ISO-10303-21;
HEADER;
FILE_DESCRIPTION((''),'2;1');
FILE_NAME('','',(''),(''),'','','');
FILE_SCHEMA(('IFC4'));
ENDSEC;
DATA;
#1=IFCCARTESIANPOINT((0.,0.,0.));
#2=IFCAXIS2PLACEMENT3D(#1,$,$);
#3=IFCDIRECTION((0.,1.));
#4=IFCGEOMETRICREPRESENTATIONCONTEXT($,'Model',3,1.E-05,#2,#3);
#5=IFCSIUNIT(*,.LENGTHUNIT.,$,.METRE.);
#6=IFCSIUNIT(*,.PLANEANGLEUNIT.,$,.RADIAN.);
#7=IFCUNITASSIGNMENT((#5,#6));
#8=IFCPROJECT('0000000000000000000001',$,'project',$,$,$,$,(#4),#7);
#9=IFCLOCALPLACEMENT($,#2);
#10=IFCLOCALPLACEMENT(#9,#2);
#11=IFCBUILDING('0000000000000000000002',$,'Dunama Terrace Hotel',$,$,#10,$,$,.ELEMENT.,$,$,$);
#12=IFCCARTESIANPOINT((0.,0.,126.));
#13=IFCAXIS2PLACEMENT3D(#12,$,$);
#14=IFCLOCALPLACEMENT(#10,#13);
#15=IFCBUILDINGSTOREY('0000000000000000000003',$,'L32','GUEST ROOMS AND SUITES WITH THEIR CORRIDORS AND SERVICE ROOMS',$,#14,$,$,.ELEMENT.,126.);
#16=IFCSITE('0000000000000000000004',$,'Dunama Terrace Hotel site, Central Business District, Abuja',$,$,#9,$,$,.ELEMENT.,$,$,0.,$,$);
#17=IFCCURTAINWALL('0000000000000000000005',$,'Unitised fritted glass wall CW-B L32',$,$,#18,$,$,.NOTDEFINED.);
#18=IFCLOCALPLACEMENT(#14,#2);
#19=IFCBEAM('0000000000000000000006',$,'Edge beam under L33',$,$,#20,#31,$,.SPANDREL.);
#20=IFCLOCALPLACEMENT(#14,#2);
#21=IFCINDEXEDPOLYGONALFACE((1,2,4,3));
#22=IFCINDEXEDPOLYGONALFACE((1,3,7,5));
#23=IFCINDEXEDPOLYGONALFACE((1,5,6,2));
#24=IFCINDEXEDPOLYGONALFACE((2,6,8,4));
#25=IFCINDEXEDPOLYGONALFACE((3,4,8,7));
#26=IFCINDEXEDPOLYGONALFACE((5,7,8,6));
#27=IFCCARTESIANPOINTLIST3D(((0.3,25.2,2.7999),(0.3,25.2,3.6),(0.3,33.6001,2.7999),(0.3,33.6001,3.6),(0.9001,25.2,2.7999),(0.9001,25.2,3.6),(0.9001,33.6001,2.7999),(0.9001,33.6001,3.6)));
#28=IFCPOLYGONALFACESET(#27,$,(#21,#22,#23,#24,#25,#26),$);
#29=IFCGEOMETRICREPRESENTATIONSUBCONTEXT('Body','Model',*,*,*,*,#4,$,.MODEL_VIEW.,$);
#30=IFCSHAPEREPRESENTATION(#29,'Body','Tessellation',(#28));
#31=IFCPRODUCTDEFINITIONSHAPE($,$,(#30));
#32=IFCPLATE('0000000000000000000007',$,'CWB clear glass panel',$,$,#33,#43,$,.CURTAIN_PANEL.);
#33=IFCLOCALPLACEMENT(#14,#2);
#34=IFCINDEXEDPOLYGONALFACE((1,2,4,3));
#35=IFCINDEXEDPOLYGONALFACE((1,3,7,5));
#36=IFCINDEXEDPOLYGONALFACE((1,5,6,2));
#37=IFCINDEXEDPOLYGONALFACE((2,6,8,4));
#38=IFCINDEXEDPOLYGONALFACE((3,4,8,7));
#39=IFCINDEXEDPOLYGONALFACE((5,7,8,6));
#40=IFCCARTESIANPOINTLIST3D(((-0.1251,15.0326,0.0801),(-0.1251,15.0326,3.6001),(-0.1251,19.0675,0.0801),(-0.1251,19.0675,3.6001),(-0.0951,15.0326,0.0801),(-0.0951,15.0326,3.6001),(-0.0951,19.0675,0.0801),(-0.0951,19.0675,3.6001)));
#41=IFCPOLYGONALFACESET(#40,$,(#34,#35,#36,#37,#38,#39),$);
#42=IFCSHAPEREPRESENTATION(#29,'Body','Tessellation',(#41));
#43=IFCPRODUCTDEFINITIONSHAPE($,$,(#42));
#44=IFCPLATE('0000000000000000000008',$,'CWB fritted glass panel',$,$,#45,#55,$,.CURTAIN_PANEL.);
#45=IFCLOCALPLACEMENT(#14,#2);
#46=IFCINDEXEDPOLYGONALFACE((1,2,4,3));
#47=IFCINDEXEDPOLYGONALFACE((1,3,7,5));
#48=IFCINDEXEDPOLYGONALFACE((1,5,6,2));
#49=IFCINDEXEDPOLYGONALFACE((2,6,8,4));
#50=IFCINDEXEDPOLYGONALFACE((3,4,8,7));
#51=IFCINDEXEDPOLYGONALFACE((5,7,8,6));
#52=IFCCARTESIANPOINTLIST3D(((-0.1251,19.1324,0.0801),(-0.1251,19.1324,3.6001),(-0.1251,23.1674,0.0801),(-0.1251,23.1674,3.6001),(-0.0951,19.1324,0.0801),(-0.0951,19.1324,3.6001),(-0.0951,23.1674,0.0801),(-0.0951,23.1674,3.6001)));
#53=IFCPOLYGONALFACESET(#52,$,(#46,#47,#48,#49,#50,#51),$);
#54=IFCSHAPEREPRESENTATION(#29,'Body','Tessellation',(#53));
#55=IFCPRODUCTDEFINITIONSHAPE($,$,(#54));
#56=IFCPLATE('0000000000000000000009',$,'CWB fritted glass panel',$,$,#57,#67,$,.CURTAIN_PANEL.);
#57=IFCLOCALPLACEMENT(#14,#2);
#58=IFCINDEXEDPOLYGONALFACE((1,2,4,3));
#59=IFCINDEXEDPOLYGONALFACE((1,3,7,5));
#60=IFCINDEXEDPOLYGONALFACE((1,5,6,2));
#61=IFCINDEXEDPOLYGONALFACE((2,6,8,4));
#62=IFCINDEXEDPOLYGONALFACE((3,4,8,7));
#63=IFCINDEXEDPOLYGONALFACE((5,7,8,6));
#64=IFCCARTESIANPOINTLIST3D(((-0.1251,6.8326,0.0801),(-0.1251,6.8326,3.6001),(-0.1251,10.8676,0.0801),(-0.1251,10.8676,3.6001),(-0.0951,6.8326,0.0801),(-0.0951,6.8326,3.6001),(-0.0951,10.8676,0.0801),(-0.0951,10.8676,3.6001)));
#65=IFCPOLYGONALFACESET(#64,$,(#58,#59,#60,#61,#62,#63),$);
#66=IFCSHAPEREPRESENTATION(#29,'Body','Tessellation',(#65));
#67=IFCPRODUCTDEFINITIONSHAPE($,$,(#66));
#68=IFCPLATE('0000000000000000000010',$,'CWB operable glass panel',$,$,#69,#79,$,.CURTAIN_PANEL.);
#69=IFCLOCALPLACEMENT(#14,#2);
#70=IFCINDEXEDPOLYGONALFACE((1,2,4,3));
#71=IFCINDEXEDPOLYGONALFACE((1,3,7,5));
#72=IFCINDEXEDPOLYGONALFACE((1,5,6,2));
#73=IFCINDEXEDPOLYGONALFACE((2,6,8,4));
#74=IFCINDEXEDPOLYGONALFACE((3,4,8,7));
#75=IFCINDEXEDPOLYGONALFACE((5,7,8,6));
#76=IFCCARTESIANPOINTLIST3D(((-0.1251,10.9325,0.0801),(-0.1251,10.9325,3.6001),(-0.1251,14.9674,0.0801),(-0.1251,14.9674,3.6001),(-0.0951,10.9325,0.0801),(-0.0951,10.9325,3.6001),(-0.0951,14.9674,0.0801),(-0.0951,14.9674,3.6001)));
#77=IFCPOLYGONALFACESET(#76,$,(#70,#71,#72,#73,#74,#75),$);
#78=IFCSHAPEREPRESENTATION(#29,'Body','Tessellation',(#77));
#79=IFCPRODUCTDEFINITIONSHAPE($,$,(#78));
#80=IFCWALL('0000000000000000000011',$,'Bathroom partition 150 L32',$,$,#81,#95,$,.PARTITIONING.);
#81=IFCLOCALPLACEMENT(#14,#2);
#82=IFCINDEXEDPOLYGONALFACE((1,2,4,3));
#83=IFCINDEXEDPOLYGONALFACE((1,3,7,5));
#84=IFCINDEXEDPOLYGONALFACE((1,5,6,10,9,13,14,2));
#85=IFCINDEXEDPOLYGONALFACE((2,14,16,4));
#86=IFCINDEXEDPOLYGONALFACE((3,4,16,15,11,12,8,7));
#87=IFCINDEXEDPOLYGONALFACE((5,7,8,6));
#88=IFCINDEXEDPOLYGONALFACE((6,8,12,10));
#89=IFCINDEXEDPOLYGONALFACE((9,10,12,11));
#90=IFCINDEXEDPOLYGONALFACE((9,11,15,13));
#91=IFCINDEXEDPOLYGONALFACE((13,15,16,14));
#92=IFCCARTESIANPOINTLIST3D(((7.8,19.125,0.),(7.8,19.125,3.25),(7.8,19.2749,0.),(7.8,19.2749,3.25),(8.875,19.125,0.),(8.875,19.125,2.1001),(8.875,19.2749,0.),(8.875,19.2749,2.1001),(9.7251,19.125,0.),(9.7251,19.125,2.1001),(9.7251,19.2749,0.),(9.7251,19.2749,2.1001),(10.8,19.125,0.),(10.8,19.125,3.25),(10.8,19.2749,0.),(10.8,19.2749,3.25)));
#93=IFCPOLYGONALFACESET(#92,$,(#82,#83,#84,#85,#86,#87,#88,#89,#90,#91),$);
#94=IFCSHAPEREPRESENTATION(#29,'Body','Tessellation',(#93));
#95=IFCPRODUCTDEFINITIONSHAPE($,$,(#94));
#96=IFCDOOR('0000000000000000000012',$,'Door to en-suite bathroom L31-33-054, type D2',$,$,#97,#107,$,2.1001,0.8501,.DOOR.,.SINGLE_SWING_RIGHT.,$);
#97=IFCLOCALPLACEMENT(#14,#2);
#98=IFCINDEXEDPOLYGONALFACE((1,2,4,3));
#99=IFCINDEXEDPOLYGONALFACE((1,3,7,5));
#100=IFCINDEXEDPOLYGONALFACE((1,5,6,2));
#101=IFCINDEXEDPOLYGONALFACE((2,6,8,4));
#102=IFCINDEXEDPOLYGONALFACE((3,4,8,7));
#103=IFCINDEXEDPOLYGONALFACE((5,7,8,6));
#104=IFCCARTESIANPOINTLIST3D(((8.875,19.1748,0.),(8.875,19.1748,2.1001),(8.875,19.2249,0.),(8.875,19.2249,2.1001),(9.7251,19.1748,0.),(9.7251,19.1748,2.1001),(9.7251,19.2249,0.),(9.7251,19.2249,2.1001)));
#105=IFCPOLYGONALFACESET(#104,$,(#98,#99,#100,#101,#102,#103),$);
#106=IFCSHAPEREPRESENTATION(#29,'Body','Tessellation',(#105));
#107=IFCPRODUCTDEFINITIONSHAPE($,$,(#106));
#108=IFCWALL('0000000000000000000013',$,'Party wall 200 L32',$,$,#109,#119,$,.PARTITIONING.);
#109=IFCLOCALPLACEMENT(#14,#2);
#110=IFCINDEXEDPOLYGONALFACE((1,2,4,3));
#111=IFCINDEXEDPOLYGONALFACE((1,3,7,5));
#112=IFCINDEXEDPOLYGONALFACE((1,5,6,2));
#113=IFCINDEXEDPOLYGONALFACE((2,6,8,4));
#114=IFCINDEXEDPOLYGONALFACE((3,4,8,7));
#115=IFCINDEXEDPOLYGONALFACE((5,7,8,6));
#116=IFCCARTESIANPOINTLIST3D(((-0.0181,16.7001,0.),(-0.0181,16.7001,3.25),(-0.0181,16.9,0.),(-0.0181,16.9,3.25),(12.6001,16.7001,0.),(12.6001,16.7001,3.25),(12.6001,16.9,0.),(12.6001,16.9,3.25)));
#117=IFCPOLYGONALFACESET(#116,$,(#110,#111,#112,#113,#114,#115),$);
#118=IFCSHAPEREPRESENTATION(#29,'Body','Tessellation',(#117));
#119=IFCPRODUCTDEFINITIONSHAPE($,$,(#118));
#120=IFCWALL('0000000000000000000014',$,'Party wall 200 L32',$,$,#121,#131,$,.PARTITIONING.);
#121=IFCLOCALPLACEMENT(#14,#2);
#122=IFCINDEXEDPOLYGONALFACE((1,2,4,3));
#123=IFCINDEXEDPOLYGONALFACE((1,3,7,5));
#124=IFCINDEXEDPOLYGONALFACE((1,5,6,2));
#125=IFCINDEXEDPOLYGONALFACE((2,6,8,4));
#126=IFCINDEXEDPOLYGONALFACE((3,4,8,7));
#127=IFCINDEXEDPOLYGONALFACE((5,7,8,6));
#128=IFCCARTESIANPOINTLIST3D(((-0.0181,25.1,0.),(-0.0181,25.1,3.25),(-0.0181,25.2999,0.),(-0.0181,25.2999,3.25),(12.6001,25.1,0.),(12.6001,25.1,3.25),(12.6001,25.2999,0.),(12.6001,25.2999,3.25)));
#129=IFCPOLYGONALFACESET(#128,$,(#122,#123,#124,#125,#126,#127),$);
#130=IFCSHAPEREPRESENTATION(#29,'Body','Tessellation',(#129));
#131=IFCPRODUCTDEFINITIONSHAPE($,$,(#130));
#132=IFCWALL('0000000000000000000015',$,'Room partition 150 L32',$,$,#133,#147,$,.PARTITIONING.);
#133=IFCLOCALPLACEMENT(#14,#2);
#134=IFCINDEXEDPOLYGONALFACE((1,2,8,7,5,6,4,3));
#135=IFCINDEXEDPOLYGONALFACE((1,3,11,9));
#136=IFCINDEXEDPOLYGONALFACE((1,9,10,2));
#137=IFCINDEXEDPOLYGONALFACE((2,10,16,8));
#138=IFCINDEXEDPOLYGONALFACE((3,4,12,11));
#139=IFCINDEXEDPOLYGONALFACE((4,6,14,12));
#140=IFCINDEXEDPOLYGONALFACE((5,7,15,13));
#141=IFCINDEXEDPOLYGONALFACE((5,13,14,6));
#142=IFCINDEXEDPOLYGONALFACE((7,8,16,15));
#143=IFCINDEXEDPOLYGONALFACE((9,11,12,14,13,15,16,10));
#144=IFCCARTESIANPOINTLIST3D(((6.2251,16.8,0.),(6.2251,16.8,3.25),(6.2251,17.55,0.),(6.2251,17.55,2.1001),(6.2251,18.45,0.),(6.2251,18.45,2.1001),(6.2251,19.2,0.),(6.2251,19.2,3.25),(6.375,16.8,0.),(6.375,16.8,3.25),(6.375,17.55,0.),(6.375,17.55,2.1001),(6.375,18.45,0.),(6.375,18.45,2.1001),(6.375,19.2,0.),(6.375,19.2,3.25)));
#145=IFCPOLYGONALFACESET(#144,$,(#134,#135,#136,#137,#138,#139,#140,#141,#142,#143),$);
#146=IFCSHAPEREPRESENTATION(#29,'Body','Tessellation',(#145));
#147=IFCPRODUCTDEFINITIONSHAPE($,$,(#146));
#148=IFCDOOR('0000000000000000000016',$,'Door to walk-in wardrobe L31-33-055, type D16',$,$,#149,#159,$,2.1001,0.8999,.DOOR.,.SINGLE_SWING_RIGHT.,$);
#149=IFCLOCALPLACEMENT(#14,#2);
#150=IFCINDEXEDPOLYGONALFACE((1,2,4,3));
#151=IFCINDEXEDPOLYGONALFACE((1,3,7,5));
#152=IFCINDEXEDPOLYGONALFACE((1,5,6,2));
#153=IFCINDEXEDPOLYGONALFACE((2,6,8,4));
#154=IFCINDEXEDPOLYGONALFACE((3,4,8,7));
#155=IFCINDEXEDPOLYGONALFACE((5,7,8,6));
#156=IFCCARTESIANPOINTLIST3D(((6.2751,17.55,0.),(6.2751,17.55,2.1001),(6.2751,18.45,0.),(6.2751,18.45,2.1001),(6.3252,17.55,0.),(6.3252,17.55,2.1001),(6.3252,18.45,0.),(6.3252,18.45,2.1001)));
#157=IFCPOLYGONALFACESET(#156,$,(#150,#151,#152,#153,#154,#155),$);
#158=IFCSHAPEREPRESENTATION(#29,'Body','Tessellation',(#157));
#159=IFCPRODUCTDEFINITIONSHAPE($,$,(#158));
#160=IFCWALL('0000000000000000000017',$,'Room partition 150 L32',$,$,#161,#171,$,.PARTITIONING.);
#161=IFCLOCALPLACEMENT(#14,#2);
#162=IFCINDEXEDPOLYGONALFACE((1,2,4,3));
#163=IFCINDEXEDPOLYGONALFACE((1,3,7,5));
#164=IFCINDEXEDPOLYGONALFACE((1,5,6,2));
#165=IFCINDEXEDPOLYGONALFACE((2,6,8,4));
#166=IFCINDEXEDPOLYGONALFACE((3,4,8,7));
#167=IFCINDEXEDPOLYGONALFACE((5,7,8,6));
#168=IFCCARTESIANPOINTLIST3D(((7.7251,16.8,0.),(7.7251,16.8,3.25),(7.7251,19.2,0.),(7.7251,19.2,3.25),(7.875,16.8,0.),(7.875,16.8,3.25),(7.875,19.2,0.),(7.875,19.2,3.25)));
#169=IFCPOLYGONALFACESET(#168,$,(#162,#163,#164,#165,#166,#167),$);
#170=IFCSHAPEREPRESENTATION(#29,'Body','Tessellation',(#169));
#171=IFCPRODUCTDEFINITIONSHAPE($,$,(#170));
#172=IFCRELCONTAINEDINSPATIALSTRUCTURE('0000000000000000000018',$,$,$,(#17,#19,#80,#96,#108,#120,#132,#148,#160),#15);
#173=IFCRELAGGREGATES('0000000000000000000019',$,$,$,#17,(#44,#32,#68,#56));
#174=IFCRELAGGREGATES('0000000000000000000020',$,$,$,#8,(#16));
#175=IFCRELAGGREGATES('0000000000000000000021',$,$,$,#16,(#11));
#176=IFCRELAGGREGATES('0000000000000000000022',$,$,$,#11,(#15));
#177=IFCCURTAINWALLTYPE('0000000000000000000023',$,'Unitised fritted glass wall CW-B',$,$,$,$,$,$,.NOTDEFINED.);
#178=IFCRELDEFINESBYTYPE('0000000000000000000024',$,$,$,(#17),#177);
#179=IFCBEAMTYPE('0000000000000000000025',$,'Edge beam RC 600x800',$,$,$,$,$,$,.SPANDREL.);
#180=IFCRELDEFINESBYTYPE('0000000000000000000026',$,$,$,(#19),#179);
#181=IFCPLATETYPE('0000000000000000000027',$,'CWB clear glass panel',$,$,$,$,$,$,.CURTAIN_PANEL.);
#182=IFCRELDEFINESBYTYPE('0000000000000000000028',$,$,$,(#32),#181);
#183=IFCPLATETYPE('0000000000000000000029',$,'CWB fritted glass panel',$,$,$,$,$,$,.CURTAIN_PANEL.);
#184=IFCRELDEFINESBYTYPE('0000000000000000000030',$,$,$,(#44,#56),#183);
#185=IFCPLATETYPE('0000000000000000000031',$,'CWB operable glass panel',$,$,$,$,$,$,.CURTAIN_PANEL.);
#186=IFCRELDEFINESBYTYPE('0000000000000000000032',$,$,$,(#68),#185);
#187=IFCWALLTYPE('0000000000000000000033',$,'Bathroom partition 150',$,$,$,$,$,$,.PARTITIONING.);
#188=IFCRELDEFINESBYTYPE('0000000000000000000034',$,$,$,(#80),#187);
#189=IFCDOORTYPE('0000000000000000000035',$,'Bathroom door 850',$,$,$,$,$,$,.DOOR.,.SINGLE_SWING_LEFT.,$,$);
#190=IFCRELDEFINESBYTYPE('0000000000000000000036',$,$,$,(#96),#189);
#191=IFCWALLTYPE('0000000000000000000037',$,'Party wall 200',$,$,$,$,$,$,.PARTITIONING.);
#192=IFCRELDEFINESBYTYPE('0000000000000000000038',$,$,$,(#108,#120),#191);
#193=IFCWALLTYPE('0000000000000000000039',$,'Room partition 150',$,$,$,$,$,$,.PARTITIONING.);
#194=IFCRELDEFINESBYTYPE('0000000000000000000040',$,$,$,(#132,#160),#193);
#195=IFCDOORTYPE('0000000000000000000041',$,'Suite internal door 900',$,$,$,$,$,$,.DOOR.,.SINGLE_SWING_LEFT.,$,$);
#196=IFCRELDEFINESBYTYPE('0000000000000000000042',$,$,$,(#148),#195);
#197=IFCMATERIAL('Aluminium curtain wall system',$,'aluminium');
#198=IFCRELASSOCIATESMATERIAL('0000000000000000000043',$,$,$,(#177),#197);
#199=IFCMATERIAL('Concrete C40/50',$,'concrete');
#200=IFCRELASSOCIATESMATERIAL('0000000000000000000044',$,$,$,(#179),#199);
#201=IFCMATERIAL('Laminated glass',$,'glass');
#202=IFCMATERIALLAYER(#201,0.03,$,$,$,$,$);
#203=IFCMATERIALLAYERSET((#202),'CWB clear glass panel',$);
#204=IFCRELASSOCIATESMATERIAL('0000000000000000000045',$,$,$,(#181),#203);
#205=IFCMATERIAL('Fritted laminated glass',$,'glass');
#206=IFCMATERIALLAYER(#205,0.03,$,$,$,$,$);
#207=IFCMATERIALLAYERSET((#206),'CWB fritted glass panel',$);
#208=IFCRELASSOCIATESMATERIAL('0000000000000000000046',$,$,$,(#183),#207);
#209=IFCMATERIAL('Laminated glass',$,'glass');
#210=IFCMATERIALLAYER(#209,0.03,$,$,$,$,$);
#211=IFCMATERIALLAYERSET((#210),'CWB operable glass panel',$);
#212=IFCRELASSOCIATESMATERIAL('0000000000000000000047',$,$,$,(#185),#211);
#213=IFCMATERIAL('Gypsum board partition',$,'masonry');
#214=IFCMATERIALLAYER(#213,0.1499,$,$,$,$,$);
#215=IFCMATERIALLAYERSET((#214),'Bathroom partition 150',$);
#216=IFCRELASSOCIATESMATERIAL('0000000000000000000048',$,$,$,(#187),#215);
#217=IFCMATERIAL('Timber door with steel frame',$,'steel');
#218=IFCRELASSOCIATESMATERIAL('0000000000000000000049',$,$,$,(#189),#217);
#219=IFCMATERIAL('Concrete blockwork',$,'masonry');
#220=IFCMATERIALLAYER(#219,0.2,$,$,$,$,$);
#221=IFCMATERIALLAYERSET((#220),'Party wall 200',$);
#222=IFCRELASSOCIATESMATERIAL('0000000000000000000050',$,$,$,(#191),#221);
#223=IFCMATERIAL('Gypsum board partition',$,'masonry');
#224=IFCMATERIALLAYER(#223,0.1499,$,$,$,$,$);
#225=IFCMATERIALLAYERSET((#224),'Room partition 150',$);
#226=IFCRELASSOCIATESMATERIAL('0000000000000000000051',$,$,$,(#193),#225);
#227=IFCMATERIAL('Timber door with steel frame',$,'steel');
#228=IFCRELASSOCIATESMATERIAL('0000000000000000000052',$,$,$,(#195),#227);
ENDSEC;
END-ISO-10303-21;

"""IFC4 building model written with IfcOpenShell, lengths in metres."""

from ifc_helpers import new_model, si_unit, direction, frame, frame_2d, origin, origin_2d, place, context, subcontext, project, spatial, rectangle, extrude, material, layer, layer_set, material_profile, profile_set, type_object, element, fill, aggregate, save


model = new_model("IFC4")

# Units and contexts
model_context = context("Model", 3, precision=1e-05, world=origin(), true_north=direction((0.0, 1.0)))
body_context = subcontext(model_context, "Body", "Model", "MODEL_VIEW")
ifc_project = project(units=[si_unit("LENGTHUNIT", "METRE"), si_unit("PLANEANGLEUNIT", "RADIAN")], contexts=[model_context])

# Site, building, storey
site_placement = place(None, origin())
site = spatial("IfcSite", under=ifc_project, at=site_placement, Name="Dunama Terrace Hotel site, Central Business District, Abuja", CompositionType="ELEMENT", RefElevation=0.0)
building_placement = place(site_placement, origin())
building = spatial("IfcBuilding", under=site, at=building_placement, Name="Dunama Terrace Hotel", CompositionType="ELEMENT")
storey_placement = place(building_placement, frame((0.0, 0.0, 126.0)))
storey = spatial("IfcBuildingStorey", under=building, at=storey_placement, Name="L32", Description="GUEST ROOMS AND SUITES WITH THEIR CORRIDORS AND SERVICE ROOMS", CompositionType="ELEMENT", Elevation=126.0)

# Curtain wall
ifc_material_1 = material(Name="Aluminium curtain wall system", Category="aluminium")
curtain_wall_type = type_object("IfcCurtainWallType", Name="Unitised fritted glass wall CW-B", PredefinedType="NOTDEFINED", material=ifc_material_1)
curtain_wall_placement = place(storey_placement, origin())
curtain_wall = element("IfcCurtainWall", 1, at=curtain_wall_placement, inside=storey, type_object=curtain_wall_type, Name="Unitised fritted glass wall CW-B L32", PredefinedType="NOTDEFINED")

# Beam
ifc_material_2 = material(Name="Concrete C40/50", Category="concrete")
ifc_material_profile_1 = material_profile(ifc_material_2, rectangle(XDim=0.6001, YDim=0.8, at=origin_2d()), Name="RC 600x800")
ifc_profile_set_1 = profile_set([ifc_material_profile_1], Name="Concrete C40/50")
beam_type = type_object("IfcBeamType", Name="Edge beam RC 600x800", PredefinedType="SPANDREL", material=ifc_profile_set_1)
beam_1_placement = place(storey_placement, frame((0.6001, 25.2, 3.2), z_axis=(0.0, 1.0, 0.0), x_axis=(-1.0, 0.0, 0.0)))
element("IfcBeam", 2, at=beam_1_placement, inside=storey, type_object=beam_type, Name="Edge beam under L33", PredefinedType="SPANDREL", context=body_context, shape_type="SweptSolid", body=[
    extrude(rectangle(XDim=0.6001, YDim=0.8, at=origin_2d()), origin(), (0.0, 0.0, 1.0), 8.4001),
])

# Plates
ifc_material_3 = material(Name="Laminated glass", Category="glass")
ifc_layer_1 = layer(ifc_material_3, 0.03)
ifc_layer_set_1 = layer_set([ifc_layer_1], Name="CWB clear glass panel")
plate_type_1 = type_object("IfcPlateType", Name="CWB clear glass panel", PredefinedType="CURTAIN_PANEL", material=ifc_layer_set_1)
plate_1_placement = place(storey_placement, frame((-0.1101, 17.05, 0.0801), z_axis=(0.0, 0.0, 1.0), x_axis=(0.0, -1.0, 0.0)))
plate_1 = element("IfcPlate", 3, at=plate_1_placement, type_object=plate_type_1, Name="CWB clear glass panel", PredefinedType="CURTAIN_PANEL", context=body_context, shape_type="SweptSolid", body=[
    extrude(rectangle(XDim=4.0349, YDim=0.03, at=origin_2d()), origin(), (0.0, 0.0, 1.0), 3.52),
])
ifc_material_4 = material(Name="Fritted laminated glass", Category="glass")
ifc_layer_2 = layer(ifc_material_4, 0.03)
ifc_layer_set_2 = layer_set([ifc_layer_2], Name="CWB fritted glass panel")
plate_type_2 = type_object("IfcPlateType", Name="CWB fritted glass panel", PredefinedType="CURTAIN_PANEL", material=ifc_layer_set_2)
plate_2_placement = place(storey_placement, frame((-0.1101, 21.1499, 0.0801), z_axis=(0.0, 0.0, 1.0), x_axis=(0.0, -1.0, 0.0)))
plate_2 = element("IfcPlate", 4, at=plate_2_placement, type_object=plate_type_2, Name="CWB fritted glass panel", PredefinedType="CURTAIN_PANEL", context=body_context, shape_type="SweptSolid", body=[
    extrude(rectangle(XDim=4.0349, YDim=0.03, at=origin_2d()), origin(), (0.0, 0.0, 1.0), 3.52),
])
plate_3_placement = place(storey_placement, frame((-0.1101, 8.8501, 0.0801), z_axis=(0.0, 0.0, 1.0), x_axis=(0.0, -1.0, 0.0)))
plate_3 = element("IfcPlate", 5, at=plate_3_placement, type_object=plate_type_2, Name="CWB fritted glass panel", PredefinedType="CURTAIN_PANEL", context=body_context, shape_type="SweptSolid", body=[
    extrude(rectangle(XDim=4.0349, YDim=0.03, at=origin_2d()), origin(), (0.0, 0.0, 1.0), 3.52),
])
ifc_material_5 = material(Name="Laminated glass", Category="glass")
ifc_layer_3 = layer(ifc_material_5, 0.03)
ifc_layer_set_3 = layer_set([ifc_layer_3], Name="CWB operable glass panel")
plate_type_3 = type_object("IfcPlateType", Name="CWB operable glass panel", PredefinedType="CURTAIN_PANEL", material=ifc_layer_set_3)
plate_4_placement = place(storey_placement, frame((-0.1101, 12.95, 0.0801), z_axis=(0.0, 0.0, 1.0), x_axis=(0.0, -1.0, 0.0)))
plate_4 = element("IfcPlate", 6, at=plate_4_placement, type_object=plate_type_3, Name="CWB operable glass panel", PredefinedType="CURTAIN_PANEL", context=body_context, shape_type="SweptSolid", body=[
    extrude(rectangle(XDim=4.0349, YDim=0.03, at=origin_2d()), origin(), (0.0, 0.0, 1.0), 3.52),
])
aggregate(curtain_wall, [plate_2, plate_1, plate_4, plate_3])

# Wall, opening, door
ifc_material_6 = material(Name="Gypsum board partition", Category="masonry")
ifc_layer_4 = layer(ifc_material_6, 0.1499)
ifc_layer_set_4 = layer_set([ifc_layer_4], Name="Bathroom partition 150")
wall_type_1 = type_object("IfcWallType", Name="Bathroom partition 150", PredefinedType="PARTITIONING", material=ifc_layer_set_4)
wall_1_placement = place(storey_placement, frame((7.8, 19.2, 0.0), z_axis=(0.0, 0.0, 1.0), x_axis=(1.0, 0.0, 0.0)))
wall_1 = element("IfcWall", 7, at=wall_1_placement, inside=storey, type_object=wall_type_1, Name="Bathroom partition 150 L32", PredefinedType="PARTITIONING", context=body_context, shape_type="SweptSolid", body=[
    extrude(rectangle(XDim=3.0, YDim=0.1499, at=frame_2d((1.5, 0.0))), origin(), (0.0, 0.0, 1.0), 3.25),
])
opening_1_placement = place(wall_1_placement, frame((1.075, 0.0, 0.0)))
opening_1 = element("IfcOpeningElement", 8, at=opening_1_placement, cuts=wall_1, PredefinedType="OPENING", context=body_context, shape_type="SweptSolid", body=[
    extrude(rectangle(XDim=0.8501, YDim=2.1001, at=frame_2d((0.425, 1.05))), frame((0.0, 0.085, 0.0), z_axis=(0.0, -1.0, 0.0), x_axis=(1.0, 0.0, 0.0)), (0.0, 0.0, 1.0), 0.1699),
])
ifc_material_7 = material(Name="Timber door with steel frame", Category="steel")
door_type_1 = type_object("IfcDoorType", Name="Bathroom door 850", OperationType="SINGLE_SWING_LEFT", PredefinedType="DOOR", material=ifc_material_7)
door_1_placement = place(opening_1_placement, frame((0.8501, 0.0, 0.0), z_axis=(0.0, 0.0, 1.0), x_axis=(-1.0, 0.0, 0.0)))
door_1 = element("IfcDoor", 9, at=door_1_placement, inside=storey, type_object=door_type_1, Name="Door to en-suite bathroom L31-33-054, type D2", OperationType="SINGLE_SWING_RIGHT", OverallHeight=2.1001, OverallWidth=0.8501, PredefinedType="DOOR", context=body_context, shape_type="SweptSolid", body=[
    extrude(rectangle(XDim=0.8501, YDim=2.1001, at=frame_2d((0.425, 1.05))), frame((0.0, 0.0251, 0.0), z_axis=(0.0, -1.0, 0.0), x_axis=(1.0, 0.0, 0.0)), (0.0, 0.0, 1.0), 0.05),
])
fill(opening_1, door_1)

# Walls
ifc_material_8 = material(Name="Concrete blockwork", Category="masonry")
ifc_layer_5 = layer(ifc_material_8, 0.2)
ifc_layer_set_5 = layer_set([ifc_layer_5], Name="Party wall 200")
wall_type_2 = type_object("IfcWallType", Name="Party wall 200", PredefinedType="PARTITIONING", material=ifc_layer_set_5)
for number, where, z_axis, x_axis, name in (
    (10, (-0.0181, 16.8, 0.0), (0.0, 0.0, 1.0), (1.0, 0.0, 0.0), "Party wall 200 L32"),
    (11, (-0.0181, 25.2, 0.0), (0.0, 0.0, 1.0), (1.0, 0.0, 0.0), "Party wall 200 L32"),
):
    element("IfcWall", number, at=place(storey_placement, frame(where, z_axis=z_axis, x_axis=x_axis)), inside=storey, type_object=wall_type_2, Name=name, PredefinedType="PARTITIONING", context=body_context, shape_type="SweptSolid", body=[
        extrude(rectangle(XDim=12.6182, YDim=0.2, at=frame_2d((6.3091, 0.0))), origin(), (0.0, 0.0, 1.0), 3.25),
    ])

# Wall, opening, door
ifc_material_9 = material(Name="Gypsum board partition", Category="masonry")
ifc_layer_6 = layer(ifc_material_9, 0.1499)
ifc_layer_set_6 = layer_set([ifc_layer_6], Name="Room partition 150")
wall_type_3 = type_object("IfcWallType", Name="Room partition 150", PredefinedType="PARTITIONING", material=ifc_layer_set_6)
wall_2_placement = place(storey_placement, frame((6.3, 16.8, 0.0), z_axis=(0.0, 0.0, 1.0), x_axis=(0.0, 1.0, 0.0)))
wall_2 = element("IfcWall", 12, at=wall_2_placement, inside=storey, type_object=wall_type_3, Name="Room partition 150 L32", PredefinedType="PARTITIONING", context=body_context, shape_type="SweptSolid", body=[
    extrude(rectangle(XDim=2.3999, YDim=0.1499, at=frame_2d((1.2, 0.0))), origin(), (0.0, 0.0, 1.0), 3.25),
])
opening_2_placement = place(wall_2_placement, frame((0.75, 0.0, 0.0)))
opening_2 = element("IfcOpeningElement", 13, at=opening_2_placement, cuts=wall_2, PredefinedType="OPENING", context=body_context, shape_type="SweptSolid", body=[
    extrude(rectangle(XDim=0.8999, YDim=2.1001, at=frame_2d((0.45, 1.05))), frame((0.0, 0.085, 0.0), z_axis=(0.0, -1.0, 0.0), x_axis=(1.0, 0.0, 0.0)), (0.0, 0.0, 1.0), 0.1699),
])
ifc_material_10 = material(Name="Timber door with steel frame", Category="steel")
door_type_2 = type_object("IfcDoorType", Name="Suite internal door 900", OperationType="SINGLE_SWING_LEFT", PredefinedType="DOOR", material=ifc_material_10)
door_2_placement = place(opening_2_placement, frame((0.8999, 0.0, 0.0), z_axis=(0.0, 0.0, 1.0), x_axis=(-1.0, 0.0, 0.0)))
door_2 = element("IfcDoor", 14, at=door_2_placement, inside=storey, type_object=door_type_2, Name="Door to walk-in wardrobe L31-33-055, type D16", OperationType="SINGLE_SWING_RIGHT", OverallHeight=2.1001, OverallWidth=0.8999, PredefinedType="DOOR", context=body_context, shape_type="SweptSolid", body=[
    extrude(rectangle(XDim=0.8999, YDim=2.1001, at=frame_2d((0.45, 1.05))), frame((0.0, 0.0251, 0.0), z_axis=(0.0, -1.0, 0.0), x_axis=(1.0, 0.0, 0.0)), (0.0, 0.0, 1.0), 0.05),
])
fill(opening_2, door_2)

# Wall
wall_3_placement = place(storey_placement, frame((7.8, 16.8, 0.0), z_axis=(0.0, 0.0, 1.0), x_axis=(0.0, 1.0, 0.0)))
element("IfcWall", 15, at=wall_3_placement, inside=storey, type_object=wall_type_3, Name="Room partition 150 L32", PredefinedType="PARTITIONING", context=body_context, shape_type="SweptSolid", body=[
    extrude(rectangle(XDim=2.3999, YDim=0.1499, at=frame_2d((1.2, 0.0))), origin(), (0.0, 0.0, 1.0), 3.25),
])

save(model, "model.ifc")
